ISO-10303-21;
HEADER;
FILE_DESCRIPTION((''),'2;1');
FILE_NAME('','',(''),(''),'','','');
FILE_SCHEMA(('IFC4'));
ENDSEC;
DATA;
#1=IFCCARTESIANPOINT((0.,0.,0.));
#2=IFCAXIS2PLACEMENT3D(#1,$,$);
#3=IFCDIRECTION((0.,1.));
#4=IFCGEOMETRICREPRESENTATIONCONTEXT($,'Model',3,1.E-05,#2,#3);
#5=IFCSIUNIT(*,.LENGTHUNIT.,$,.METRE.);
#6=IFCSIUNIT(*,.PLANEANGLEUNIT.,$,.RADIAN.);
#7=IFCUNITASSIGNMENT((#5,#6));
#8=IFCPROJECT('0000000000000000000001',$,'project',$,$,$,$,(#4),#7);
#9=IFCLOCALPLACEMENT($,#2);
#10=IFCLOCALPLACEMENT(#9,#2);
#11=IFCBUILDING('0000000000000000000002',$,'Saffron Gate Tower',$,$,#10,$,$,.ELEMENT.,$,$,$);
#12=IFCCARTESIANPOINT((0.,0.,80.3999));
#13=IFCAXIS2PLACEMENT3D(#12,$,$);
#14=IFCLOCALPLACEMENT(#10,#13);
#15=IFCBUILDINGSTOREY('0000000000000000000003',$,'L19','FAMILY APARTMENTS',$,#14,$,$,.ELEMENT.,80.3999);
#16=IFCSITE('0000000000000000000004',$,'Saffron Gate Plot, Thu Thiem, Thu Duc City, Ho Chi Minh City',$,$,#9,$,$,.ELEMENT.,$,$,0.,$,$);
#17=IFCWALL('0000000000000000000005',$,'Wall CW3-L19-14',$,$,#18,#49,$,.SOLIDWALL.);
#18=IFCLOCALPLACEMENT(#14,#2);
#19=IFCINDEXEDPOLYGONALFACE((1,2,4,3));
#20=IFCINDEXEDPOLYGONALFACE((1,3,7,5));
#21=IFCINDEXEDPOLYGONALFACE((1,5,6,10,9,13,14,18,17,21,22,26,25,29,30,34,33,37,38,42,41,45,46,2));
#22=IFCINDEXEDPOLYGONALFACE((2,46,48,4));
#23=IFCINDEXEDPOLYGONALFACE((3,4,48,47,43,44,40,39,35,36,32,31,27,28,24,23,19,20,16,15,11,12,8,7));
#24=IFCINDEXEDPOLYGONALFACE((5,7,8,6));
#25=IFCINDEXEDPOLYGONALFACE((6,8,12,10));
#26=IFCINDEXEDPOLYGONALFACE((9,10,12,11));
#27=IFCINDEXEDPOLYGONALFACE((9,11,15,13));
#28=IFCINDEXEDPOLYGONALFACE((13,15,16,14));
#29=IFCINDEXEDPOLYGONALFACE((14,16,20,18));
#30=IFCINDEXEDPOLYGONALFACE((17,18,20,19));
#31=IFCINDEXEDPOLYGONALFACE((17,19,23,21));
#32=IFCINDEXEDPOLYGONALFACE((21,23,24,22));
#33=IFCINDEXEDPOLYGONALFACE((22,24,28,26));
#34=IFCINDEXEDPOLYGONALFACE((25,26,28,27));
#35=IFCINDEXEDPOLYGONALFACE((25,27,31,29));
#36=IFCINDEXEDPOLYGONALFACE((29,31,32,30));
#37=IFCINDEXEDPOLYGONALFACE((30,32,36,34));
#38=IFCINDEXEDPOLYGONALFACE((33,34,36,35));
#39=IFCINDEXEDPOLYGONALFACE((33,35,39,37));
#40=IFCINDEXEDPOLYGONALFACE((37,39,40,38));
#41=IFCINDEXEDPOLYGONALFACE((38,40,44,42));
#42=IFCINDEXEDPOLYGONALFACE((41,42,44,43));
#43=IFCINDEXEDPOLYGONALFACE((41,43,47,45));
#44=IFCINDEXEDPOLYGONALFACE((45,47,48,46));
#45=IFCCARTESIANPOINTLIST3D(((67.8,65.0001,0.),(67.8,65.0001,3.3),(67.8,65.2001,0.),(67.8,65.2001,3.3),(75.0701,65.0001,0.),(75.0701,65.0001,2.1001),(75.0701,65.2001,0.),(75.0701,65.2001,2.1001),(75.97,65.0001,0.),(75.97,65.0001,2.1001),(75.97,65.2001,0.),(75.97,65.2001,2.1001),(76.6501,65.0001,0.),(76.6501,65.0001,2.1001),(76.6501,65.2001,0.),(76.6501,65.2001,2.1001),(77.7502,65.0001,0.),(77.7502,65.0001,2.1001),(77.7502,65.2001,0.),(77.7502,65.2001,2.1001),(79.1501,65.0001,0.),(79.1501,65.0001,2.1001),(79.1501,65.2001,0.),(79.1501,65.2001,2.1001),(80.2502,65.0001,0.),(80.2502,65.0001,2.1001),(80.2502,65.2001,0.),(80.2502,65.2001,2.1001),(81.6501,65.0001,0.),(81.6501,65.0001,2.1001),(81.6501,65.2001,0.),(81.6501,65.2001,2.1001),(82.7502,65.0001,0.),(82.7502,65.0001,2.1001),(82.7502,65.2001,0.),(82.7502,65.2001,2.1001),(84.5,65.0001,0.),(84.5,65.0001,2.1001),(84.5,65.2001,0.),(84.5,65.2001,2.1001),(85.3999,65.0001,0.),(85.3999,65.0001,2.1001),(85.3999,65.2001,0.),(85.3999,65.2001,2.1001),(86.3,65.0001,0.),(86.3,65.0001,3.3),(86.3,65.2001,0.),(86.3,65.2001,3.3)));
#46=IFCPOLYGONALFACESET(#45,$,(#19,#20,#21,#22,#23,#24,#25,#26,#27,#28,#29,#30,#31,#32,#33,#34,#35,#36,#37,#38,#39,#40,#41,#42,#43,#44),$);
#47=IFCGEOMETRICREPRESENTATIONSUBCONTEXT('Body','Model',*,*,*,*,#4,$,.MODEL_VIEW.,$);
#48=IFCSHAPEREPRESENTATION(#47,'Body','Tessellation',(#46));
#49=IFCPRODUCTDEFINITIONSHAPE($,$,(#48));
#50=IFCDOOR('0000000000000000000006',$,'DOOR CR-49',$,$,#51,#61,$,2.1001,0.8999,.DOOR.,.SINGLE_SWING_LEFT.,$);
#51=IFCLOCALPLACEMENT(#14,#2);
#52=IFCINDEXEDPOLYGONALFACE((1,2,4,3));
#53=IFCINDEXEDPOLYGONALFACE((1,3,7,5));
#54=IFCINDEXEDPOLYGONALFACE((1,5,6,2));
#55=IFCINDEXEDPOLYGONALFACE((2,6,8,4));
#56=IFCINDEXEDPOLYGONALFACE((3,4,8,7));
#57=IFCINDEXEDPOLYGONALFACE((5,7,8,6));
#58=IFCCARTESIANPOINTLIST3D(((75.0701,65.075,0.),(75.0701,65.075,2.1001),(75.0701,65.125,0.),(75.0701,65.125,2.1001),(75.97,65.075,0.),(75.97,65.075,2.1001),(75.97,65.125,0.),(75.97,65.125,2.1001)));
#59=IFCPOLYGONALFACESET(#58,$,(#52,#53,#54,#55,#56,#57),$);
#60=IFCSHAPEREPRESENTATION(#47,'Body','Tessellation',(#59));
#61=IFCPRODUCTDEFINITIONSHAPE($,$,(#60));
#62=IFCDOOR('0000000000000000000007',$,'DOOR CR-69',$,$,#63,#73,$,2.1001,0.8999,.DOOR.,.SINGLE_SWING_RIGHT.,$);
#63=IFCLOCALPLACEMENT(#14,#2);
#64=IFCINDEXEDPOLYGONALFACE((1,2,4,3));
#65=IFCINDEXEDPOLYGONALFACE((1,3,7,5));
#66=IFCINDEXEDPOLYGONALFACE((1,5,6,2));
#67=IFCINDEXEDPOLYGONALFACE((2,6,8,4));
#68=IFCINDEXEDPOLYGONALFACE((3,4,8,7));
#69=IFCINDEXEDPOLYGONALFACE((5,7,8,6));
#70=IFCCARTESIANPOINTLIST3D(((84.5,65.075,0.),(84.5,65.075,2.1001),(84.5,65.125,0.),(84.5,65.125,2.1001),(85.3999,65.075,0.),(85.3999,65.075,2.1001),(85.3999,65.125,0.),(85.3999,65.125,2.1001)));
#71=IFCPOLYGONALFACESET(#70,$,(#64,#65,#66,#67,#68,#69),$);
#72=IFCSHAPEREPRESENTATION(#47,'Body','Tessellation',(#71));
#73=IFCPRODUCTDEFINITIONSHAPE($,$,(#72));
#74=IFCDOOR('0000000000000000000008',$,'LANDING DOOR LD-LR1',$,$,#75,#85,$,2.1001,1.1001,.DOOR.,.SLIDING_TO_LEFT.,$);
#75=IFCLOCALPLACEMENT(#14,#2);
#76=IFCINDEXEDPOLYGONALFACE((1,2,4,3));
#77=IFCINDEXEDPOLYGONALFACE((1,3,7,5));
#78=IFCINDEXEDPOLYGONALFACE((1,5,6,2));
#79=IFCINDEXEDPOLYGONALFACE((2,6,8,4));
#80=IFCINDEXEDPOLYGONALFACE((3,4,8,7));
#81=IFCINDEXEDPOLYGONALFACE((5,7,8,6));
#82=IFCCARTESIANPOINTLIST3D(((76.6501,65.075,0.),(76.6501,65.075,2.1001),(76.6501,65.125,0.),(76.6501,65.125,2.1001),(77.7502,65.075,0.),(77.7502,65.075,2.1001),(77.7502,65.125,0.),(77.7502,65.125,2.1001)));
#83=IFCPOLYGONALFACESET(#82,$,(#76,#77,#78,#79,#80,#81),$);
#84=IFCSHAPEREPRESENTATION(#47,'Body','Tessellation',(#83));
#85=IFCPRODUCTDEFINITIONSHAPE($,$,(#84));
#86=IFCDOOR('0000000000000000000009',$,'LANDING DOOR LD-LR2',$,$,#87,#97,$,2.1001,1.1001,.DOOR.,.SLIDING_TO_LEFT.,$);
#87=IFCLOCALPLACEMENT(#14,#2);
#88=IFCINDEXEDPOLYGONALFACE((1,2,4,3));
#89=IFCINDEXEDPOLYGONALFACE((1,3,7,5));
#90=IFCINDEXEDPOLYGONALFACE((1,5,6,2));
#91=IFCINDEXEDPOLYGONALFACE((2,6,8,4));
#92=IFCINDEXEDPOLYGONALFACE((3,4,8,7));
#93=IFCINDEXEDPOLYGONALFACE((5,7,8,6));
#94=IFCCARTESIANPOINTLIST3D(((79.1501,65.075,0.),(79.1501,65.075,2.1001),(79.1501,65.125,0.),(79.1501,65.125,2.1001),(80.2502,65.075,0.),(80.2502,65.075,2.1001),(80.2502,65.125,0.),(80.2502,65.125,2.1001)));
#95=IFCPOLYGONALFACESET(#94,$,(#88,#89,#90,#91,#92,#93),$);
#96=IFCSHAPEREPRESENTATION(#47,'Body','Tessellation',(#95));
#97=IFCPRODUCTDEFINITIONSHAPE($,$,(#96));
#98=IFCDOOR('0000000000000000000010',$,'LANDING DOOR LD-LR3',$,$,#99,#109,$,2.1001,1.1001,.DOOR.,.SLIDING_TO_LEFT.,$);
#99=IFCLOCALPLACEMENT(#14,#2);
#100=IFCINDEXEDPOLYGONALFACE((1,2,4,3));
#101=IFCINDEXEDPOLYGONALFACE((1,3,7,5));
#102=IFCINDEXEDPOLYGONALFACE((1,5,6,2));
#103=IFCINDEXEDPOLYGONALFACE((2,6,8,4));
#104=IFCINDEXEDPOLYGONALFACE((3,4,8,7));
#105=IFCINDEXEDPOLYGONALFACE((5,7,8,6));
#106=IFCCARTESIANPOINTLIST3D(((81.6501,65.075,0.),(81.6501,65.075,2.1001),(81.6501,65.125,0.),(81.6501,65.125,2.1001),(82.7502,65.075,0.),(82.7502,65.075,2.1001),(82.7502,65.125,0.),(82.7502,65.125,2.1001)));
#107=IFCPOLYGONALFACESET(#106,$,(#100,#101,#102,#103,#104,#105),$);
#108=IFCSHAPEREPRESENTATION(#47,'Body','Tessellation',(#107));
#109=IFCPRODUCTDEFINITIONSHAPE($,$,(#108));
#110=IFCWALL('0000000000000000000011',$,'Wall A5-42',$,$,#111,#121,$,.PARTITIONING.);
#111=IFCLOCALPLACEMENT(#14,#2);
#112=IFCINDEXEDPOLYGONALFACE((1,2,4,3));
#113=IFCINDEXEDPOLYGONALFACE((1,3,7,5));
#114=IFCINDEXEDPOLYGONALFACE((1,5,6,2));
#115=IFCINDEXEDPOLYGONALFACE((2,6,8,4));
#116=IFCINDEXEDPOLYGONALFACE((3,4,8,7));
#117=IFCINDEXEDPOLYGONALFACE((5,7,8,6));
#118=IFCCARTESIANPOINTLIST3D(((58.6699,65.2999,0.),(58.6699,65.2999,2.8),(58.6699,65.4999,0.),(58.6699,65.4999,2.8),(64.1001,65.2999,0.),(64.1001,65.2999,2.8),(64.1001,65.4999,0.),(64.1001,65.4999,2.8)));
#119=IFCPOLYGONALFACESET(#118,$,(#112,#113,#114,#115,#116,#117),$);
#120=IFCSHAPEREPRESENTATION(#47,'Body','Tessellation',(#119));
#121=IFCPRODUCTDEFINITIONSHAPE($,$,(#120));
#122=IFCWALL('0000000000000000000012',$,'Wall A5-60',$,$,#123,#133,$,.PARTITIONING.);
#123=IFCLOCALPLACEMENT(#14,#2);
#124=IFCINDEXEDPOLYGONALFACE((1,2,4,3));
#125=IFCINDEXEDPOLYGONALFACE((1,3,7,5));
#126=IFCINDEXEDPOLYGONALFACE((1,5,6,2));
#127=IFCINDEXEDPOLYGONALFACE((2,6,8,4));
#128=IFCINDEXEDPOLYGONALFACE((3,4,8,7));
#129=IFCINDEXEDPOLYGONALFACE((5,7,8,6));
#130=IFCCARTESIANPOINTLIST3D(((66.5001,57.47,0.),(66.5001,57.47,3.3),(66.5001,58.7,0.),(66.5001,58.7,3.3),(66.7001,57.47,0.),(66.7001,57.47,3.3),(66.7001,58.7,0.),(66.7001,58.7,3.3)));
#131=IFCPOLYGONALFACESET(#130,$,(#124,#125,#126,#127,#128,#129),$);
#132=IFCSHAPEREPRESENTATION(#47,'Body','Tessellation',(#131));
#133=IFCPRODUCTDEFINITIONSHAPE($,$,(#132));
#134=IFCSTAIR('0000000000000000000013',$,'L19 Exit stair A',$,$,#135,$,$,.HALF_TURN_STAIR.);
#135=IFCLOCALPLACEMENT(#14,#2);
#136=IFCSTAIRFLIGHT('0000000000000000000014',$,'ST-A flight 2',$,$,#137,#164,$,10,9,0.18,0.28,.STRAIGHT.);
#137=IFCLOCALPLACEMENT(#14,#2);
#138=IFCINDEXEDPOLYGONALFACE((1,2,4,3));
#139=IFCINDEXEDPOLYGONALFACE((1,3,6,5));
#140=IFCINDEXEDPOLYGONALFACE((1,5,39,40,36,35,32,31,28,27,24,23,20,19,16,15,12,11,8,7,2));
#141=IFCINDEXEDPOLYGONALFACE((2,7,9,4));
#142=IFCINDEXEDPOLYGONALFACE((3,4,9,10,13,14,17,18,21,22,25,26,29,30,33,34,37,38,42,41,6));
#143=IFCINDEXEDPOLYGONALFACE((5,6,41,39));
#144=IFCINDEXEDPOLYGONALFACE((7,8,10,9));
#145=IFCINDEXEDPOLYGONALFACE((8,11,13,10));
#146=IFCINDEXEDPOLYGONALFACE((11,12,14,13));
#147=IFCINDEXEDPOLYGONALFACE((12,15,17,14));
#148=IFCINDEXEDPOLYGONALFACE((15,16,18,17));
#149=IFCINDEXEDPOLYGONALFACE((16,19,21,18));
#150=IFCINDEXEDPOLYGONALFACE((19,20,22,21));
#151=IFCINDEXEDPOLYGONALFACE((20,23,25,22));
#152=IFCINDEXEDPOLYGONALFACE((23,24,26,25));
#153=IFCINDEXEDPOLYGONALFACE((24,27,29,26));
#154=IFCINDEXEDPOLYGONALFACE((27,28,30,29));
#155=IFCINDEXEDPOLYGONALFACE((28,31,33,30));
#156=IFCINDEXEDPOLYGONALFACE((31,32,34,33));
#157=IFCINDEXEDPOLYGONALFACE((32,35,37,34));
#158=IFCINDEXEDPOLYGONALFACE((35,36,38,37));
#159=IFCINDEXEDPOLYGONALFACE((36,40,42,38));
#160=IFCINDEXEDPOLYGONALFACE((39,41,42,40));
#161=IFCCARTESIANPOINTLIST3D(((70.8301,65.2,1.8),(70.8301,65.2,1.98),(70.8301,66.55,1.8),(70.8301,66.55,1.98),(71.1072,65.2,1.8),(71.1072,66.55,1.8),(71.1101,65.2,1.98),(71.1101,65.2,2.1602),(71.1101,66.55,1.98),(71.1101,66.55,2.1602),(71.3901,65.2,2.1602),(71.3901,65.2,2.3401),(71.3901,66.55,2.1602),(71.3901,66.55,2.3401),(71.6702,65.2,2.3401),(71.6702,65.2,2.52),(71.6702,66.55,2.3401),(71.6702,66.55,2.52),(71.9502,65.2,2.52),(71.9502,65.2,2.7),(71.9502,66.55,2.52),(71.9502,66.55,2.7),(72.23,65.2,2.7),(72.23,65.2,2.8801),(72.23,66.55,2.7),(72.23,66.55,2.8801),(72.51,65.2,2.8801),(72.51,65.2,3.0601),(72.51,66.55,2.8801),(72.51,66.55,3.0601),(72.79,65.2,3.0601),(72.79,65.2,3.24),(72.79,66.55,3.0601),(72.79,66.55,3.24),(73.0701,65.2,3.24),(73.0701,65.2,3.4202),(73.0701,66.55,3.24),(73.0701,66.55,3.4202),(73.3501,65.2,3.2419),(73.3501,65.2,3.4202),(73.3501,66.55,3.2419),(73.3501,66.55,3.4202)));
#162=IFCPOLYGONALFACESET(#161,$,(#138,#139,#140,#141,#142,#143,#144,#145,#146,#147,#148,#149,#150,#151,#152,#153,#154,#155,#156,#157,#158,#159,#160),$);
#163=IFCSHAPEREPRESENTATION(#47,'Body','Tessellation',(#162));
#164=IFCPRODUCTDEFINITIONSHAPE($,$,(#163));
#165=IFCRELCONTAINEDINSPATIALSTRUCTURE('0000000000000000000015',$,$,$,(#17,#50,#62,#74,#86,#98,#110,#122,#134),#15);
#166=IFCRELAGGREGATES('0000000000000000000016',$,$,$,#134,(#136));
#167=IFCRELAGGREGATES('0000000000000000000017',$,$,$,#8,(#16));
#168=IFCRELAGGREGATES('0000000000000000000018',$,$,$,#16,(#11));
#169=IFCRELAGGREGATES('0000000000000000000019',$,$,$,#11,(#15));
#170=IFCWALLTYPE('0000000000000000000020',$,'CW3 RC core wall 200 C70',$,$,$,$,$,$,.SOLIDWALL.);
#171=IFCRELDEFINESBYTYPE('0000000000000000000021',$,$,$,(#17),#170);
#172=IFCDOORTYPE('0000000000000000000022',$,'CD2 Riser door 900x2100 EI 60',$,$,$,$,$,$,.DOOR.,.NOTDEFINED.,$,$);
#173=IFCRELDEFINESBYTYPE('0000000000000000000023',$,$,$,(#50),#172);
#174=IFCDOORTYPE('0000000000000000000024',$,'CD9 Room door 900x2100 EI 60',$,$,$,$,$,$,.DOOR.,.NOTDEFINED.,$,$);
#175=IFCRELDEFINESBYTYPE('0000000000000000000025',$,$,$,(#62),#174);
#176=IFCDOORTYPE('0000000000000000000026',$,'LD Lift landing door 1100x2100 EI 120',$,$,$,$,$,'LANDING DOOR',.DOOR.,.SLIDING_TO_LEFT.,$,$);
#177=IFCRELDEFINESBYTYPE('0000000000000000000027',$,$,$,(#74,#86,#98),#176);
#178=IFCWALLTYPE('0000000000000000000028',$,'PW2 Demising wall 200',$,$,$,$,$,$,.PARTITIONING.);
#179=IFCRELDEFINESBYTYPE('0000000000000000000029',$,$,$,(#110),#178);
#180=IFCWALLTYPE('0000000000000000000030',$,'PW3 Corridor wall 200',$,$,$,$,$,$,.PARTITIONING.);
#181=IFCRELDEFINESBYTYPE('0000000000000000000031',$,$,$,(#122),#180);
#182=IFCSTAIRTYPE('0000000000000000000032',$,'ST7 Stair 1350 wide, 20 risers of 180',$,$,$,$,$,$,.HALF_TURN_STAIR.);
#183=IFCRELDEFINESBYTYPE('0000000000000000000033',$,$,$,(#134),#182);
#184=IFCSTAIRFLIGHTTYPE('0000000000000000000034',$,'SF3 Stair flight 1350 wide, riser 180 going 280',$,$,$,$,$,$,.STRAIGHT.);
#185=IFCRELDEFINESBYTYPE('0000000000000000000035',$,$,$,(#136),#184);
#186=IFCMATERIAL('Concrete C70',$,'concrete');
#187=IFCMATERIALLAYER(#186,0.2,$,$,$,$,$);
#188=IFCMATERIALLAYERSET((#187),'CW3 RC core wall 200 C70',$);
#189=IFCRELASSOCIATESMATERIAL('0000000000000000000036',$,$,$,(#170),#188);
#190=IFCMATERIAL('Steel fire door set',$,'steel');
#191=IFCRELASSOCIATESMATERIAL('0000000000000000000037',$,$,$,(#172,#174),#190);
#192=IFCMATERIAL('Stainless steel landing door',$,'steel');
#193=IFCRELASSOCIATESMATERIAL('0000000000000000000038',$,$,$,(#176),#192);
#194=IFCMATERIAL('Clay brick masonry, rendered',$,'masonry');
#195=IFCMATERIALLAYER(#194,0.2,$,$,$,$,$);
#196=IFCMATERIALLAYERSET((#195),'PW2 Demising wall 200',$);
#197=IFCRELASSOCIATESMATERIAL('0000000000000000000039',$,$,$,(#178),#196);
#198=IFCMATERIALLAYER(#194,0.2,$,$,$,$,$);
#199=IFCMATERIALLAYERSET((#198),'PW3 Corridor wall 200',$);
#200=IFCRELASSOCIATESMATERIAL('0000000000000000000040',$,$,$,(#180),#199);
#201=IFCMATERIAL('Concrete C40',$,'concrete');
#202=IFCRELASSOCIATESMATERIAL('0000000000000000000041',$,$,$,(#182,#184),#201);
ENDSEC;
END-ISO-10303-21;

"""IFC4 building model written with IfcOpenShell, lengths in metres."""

from ifc_helpers import new_model, si_unit, direction, frame, frame_2d, origin, place, context, subcontext, project, spatial, polyline, rectangle, outline, extrude, material, layer, layer_set, type_object, element, fill, aggregate, save


model = new_model("IFC4")

# Units and contexts
model_context = context("Model", 3, precision=1e-05, world=origin(), true_north=direction((0.0, 1.0)))
body_context = subcontext(model_context, "Body", "Model", "MODEL_VIEW")
ifc_project = project(units=[si_unit("LENGTHUNIT", "METRE"), si_unit("PLANEANGLEUNIT", "RADIAN")], contexts=[model_context])

# Site, building, storey
site_placement = place(None, origin())
site = spatial("IfcSite", under=ifc_project, at=site_placement, Name="Saffron Gate Plot, Thu Thiem, Thu Duc City, Ho Chi Minh City", CompositionType="ELEMENT", RefElevation=0.0)
building_placement = place(site_placement, origin())
building = spatial("IfcBuilding", under=site, at=building_placement, Name="Saffron Gate Tower", CompositionType="ELEMENT")
storey_placement = place(building_placement, frame((0.0, 0.0, 80.3999)))
storey = spatial("IfcBuildingStorey", under=building, at=storey_placement, Name="L19", Description="FAMILY APARTMENTS", CompositionType="ELEMENT", Elevation=80.3999)

# Shared definitions
ifc_material_1 = material(Name="Concrete C70", Category="concrete")
ifc_material_2 = material(Name="Steel fire door set", Category="steel")

# Wall, openings, doors
ifc_layer_1 = layer(ifc_material_1, 0.2)
ifc_layer_set_1 = layer_set([ifc_layer_1], Name="CW3 RC core wall 200 C70")
wall_type_1 = type_object("IfcWallType", Name="CW3 RC core wall 200 C70", PredefinedType="SOLIDWALL", material=ifc_layer_set_1)
wall_1_placement = place(storey_placement, frame((67.8, 65.1001, 0.0), z_axis=(0.0, 0.0, 1.0), x_axis=(1.0, 0.0, 0.0)))
wall_1 = element("IfcWall", 1, at=wall_1_placement, inside=storey, type_object=wall_type_1, Name="Wall CW3-L19-14", PredefinedType="SOLIDWALL", context=body_context, shape_type="SweptSolid", body=[
    extrude(rectangle(XDim=18.5, YDim=0.2, at=frame_2d((9.25, 0.0))), origin(), (0.0, 0.0, 1.0), 3.3),
])
opening_1_placement = place(wall_1_placement, frame((7.27, 0.0, 0.0)))
opening_1 = element("IfcOpeningElement", 2, at=opening_1_placement, cuts=wall_1, PredefinedType="OPENING", context=body_context, shape_type="SweptSolid", body=[
    extrude(rectangle(XDim=0.8999, YDim=2.1001, at=frame_2d((0.45, 1.05))), frame((0.0, 0.1099, 0.0), z_axis=(0.0, -1.0, 0.0), x_axis=(1.0, 0.0, 0.0)), (0.0, 0.0, 1.0), 0.22),
])
opening_2_placement = place(wall_1_placement, frame((8.8501, 0.0, 0.0)))
opening_2 = element("IfcOpeningElement", 3, at=opening_2_placement, cuts=wall_1, PredefinedType="OPENING", context=body_context, shape_type="SweptSolid", body=[
    extrude(rectangle(XDim=1.1001, YDim=2.1001, at=frame_2d((0.55, 1.05))), frame((0.0, 0.1099, 0.0), z_axis=(0.0, -1.0, 0.0), x_axis=(1.0, 0.0, 0.0)), (0.0, 0.0, 1.0), 0.22),
])
opening_3_placement = place(wall_1_placement, frame((11.3501, 0.0, 0.0)))
opening_3 = element("IfcOpeningElement", 4, at=opening_3_placement, cuts=wall_1, PredefinedType="OPENING", context=body_context, shape_type="SweptSolid", body=[
    extrude(rectangle(XDim=1.1001, YDim=2.1001, at=frame_2d((0.55, 1.05))), frame((0.0, 0.1099, 0.0), z_axis=(0.0, -1.0, 0.0), x_axis=(1.0, 0.0, 0.0)), (0.0, 0.0, 1.0), 0.22),
])
opening_4_placement = place(wall_1_placement, frame((13.8501, 0.0, 0.0)))
opening_4 = element("IfcOpeningElement", 5, at=opening_4_placement, cuts=wall_1, PredefinedType="OPENING", context=body_context, shape_type="SweptSolid", body=[
    extrude(rectangle(XDim=1.1001, YDim=2.1001, at=frame_2d((0.55, 1.05))), frame((0.0, 0.1099, 0.0), z_axis=(0.0, -1.0, 0.0), x_axis=(1.0, 0.0, 0.0)), (0.0, 0.0, 1.0), 0.22),
])
opening_5_placement = place(wall_1_placement, frame((16.7, 0.0, 0.0)))
opening_5 = element("IfcOpeningElement", 6, at=opening_5_placement, cuts=wall_1, PredefinedType="OPENING", context=body_context, shape_type="SweptSolid", body=[
    extrude(rectangle(XDim=0.8999, YDim=2.1001, at=frame_2d((0.45, 1.05))), frame((0.0, 0.1099, 0.0), z_axis=(0.0, -1.0, 0.0), x_axis=(1.0, 0.0, 0.0)), (0.0, 0.0, 1.0), 0.22),
])
door_type_1 = type_object("IfcDoorType", Name="CD2 Riser door 900x2100 EI 60", OperationType="NOTDEFINED", PredefinedType="DOOR", material=ifc_material_2)
door_1_placement = place(opening_1_placement, origin())
door_1 = element("IfcDoor", 7, at=door_1_placement, inside=storey, type_object=door_type_1, Name="DOOR CR-49", OperationType="SINGLE_SWING_LEFT", OverallHeight=2.1001, OverallWidth=0.8999, PredefinedType="DOOR", context=body_context, shape_type="SweptSolid", body=[
    extrude(rectangle(XDim=0.8999, YDim=2.1001, at=frame_2d((0.45, 1.05))), frame((0.0, 0.0249, 0.0), z_axis=(0.0, -1.0, 0.0), x_axis=(1.0, 0.0, 0.0)), (0.0, 0.0, 1.0), 0.05),
])
fill(opening_1, door_1)
door_type_2 = type_object("IfcDoorType", Name="CD9 Room door 900x2100 EI 60", OperationType="NOTDEFINED", PredefinedType="DOOR", material=ifc_material_2)
door_2_placement = place(opening_5_placement, origin())
door_2 = element("IfcDoor", 8, at=door_2_placement, inside=storey, type_object=door_type_2, Name="DOOR CR-69", OperationType="SINGLE_SWING_RIGHT", OverallHeight=2.1001, OverallWidth=0.8999, PredefinedType="DOOR", context=body_context, shape_type="SweptSolid", body=[
    extrude(rectangle(XDim=0.8999, YDim=2.1001, at=frame_2d((0.45, 1.05))), frame((0.0, 0.0249, 0.0), z_axis=(0.0, -1.0, 0.0), x_axis=(1.0, 0.0, 0.0)), (0.0, 0.0, 1.0), 0.05),
])
fill(opening_5, door_2)
ifc_material_3 = material(Name="Stainless steel landing door", Category="steel")
door_type_3 = type_object("IfcDoorType", Name="LD Lift landing door 1100x2100 EI 120", ElementType="LANDING DOOR", OperationType="SLIDING_TO_LEFT", PredefinedType="DOOR", material=ifc_material_3)
door_3_placement = place(opening_2_placement, origin())
door_3 = element("IfcDoor", 9, at=door_3_placement, inside=storey, type_object=door_type_3, Name="LANDING DOOR LD-LR1", OperationType="SLIDING_TO_LEFT", OverallHeight=2.1001, OverallWidth=1.1001, PredefinedType="DOOR", context=body_context, shape_type="SweptSolid", body=[
    extrude(rectangle(XDim=1.1001, YDim=2.1001, at=frame_2d((0.55, 1.05))), frame((0.0, 0.0249, 0.0), z_axis=(0.0, -1.0, 0.0), x_axis=(1.0, 0.0, 0.0)), (0.0, 0.0, 1.0), 0.05),
])
fill(opening_2, door_3)
door_4_placement = place(opening_3_placement, origin())
door_4 = element("IfcDoor", 10, at=door_4_placement, inside=storey, type_object=door_type_3, Name="LANDING DOOR LD-LR2", OperationType="SLIDING_TO_LEFT", OverallHeight=2.1001, OverallWidth=1.1001, PredefinedType="DOOR", context=body_context, shape_type="SweptSolid", body=[
    extrude(rectangle(XDim=1.1001, YDim=2.1001, at=frame_2d((0.55, 1.05))), frame((0.0, 0.0249, 0.0), z_axis=(0.0, -1.0, 0.0), x_axis=(1.0, 0.0, 0.0)), (0.0, 0.0, 1.0), 0.05),
])
fill(opening_3, door_4)
door_5_placement = place(opening_4_placement, origin())
door_5 = element("IfcDoor", 11, at=door_5_placement, inside=storey, type_object=door_type_3, Name="LANDING DOOR LD-LR3", OperationType="SLIDING_TO_LEFT", OverallHeight=2.1001, OverallWidth=1.1001, PredefinedType="DOOR", context=body_context, shape_type="SweptSolid", body=[
    extrude(rectangle(XDim=1.1001, YDim=2.1001, at=frame_2d((0.55, 1.05))), frame((0.0, 0.0249, 0.0), z_axis=(0.0, -1.0, 0.0), x_axis=(1.0, 0.0, 0.0)), (0.0, 0.0, 1.0), 0.05),
])
fill(opening_4, door_5)

# Walls
ifc_material_4 = material(Name="Clay brick masonry, rendered", Category="masonry")
ifc_layer_2 = layer(ifc_material_4, 0.2)
ifc_layer_set_2 = layer_set([ifc_layer_2], Name="PW2 Demising wall 200")
wall_type_2 = type_object("IfcWallType", Name="PW2 Demising wall 200", PredefinedType="PARTITIONING", material=ifc_layer_set_2)
wall_2_placement = place(storey_placement, frame((58.6699, 65.3999, 0.0), z_axis=(0.0, 0.0, 1.0), x_axis=(1.0, 0.0, 0.0)))
element("IfcWall", 12, at=wall_2_placement, inside=storey, type_object=wall_type_2, Name="Wall A5-42", PredefinedType="PARTITIONING", context=body_context, shape_type="SweptSolid", body=[
    extrude(rectangle(XDim=5.4302, YDim=0.2, at=frame_2d((2.7151, 0.0))), origin(), (0.0, 0.0, 1.0), 2.8),
])
ifc_layer_3 = layer(ifc_material_4, 0.2)
ifc_layer_set_3 = layer_set([ifc_layer_3], Name="PW3 Corridor wall 200")
wall_type_3 = type_object("IfcWallType", Name="PW3 Corridor wall 200", PredefinedType="PARTITIONING", material=ifc_layer_set_3)
wall_3_placement = place(storey_placement, frame((66.6001, 58.7, 0.0), z_axis=(0.0, 0.0, 1.0), x_axis=(0.0, -1.0, 0.0)))
element("IfcWall", 13, at=wall_3_placement, inside=storey, type_object=wall_type_3, Name="Wall A5-60", PredefinedType="PARTITIONING", context=body_context, shape_type="SweptSolid", body=[
    extrude(rectangle(XDim=1.23, YDim=0.2, at=frame_2d((0.615, 0.0))), origin(), (0.0, 0.0, 1.0), 3.3),
])

# Stair, stair flight
ifc_material_5 = material(Name="Concrete C40", Category="concrete")
stair_type = type_object("IfcStairType", Name="ST7 Stair 1350 wide, 20 risers of 180", PredefinedType="HALF_TURN_STAIR", material=ifc_material_5)
stair_placement = place(storey_placement, origin())
stair = element("IfcStair", 14, at=stair_placement, inside=storey, type_object=stair_type, Name="L19 Exit stair A", PredefinedType="HALF_TURN_STAIR")
stair_flight_type = type_object("IfcStairFlightType", Name="SF3 Stair flight 1350 wide, riser 180 going 280", PredefinedType="STRAIGHT", material=ifc_material_5)
stair_flight_placement = place(storey_placement, frame((70.8301, 65.875, 1.8), z_axis=(0.0, 0.0, 1.0), x_axis=(1.0, 0.0, 0.0)))
stair_flight = element("IfcStairFlight", 15, at=stair_flight_placement, type_object=stair_flight_type, Name="ST-A flight 2", NumberOfRisers=10, NumberOfTreads=9, PredefinedType="STRAIGHT", RiserHeight=0.18, TreadLength=0.28, context=body_context, shape_type="SweptSolid", body=[
    extrude(outline(polyline([(0.0, 0.0), (0.0, 0.1799), (0.28, 0.1799), (0.28, 0.3601), (0.5601, 0.3601), (0.5601, 0.54), (0.8401, 0.54), (0.8401, 0.72), (1.1201, 0.72), (1.1201, 0.8999), (1.3999, 0.8999), (1.3999, 1.0801), (1.6799, 1.0801), (1.6799, 1.26), (1.96, 1.26), (1.96, 1.4399), (2.24, 1.4399), (2.24, 1.6201), (2.52, 1.6201), (2.52, 1.8), (2.52, 1.4419), (0.2771, 0.0), (0.0, 0.0)])), frame((0.0, 0.675, 0.0), z_axis=(0.0, -1.0, 0.0), x_axis=(1.0, 0.0, 0.0)), (0.0, 0.0, 1.0), 1.3501),
])
aggregate(stair, [stair_flight])

save(model, "model.ifc")
